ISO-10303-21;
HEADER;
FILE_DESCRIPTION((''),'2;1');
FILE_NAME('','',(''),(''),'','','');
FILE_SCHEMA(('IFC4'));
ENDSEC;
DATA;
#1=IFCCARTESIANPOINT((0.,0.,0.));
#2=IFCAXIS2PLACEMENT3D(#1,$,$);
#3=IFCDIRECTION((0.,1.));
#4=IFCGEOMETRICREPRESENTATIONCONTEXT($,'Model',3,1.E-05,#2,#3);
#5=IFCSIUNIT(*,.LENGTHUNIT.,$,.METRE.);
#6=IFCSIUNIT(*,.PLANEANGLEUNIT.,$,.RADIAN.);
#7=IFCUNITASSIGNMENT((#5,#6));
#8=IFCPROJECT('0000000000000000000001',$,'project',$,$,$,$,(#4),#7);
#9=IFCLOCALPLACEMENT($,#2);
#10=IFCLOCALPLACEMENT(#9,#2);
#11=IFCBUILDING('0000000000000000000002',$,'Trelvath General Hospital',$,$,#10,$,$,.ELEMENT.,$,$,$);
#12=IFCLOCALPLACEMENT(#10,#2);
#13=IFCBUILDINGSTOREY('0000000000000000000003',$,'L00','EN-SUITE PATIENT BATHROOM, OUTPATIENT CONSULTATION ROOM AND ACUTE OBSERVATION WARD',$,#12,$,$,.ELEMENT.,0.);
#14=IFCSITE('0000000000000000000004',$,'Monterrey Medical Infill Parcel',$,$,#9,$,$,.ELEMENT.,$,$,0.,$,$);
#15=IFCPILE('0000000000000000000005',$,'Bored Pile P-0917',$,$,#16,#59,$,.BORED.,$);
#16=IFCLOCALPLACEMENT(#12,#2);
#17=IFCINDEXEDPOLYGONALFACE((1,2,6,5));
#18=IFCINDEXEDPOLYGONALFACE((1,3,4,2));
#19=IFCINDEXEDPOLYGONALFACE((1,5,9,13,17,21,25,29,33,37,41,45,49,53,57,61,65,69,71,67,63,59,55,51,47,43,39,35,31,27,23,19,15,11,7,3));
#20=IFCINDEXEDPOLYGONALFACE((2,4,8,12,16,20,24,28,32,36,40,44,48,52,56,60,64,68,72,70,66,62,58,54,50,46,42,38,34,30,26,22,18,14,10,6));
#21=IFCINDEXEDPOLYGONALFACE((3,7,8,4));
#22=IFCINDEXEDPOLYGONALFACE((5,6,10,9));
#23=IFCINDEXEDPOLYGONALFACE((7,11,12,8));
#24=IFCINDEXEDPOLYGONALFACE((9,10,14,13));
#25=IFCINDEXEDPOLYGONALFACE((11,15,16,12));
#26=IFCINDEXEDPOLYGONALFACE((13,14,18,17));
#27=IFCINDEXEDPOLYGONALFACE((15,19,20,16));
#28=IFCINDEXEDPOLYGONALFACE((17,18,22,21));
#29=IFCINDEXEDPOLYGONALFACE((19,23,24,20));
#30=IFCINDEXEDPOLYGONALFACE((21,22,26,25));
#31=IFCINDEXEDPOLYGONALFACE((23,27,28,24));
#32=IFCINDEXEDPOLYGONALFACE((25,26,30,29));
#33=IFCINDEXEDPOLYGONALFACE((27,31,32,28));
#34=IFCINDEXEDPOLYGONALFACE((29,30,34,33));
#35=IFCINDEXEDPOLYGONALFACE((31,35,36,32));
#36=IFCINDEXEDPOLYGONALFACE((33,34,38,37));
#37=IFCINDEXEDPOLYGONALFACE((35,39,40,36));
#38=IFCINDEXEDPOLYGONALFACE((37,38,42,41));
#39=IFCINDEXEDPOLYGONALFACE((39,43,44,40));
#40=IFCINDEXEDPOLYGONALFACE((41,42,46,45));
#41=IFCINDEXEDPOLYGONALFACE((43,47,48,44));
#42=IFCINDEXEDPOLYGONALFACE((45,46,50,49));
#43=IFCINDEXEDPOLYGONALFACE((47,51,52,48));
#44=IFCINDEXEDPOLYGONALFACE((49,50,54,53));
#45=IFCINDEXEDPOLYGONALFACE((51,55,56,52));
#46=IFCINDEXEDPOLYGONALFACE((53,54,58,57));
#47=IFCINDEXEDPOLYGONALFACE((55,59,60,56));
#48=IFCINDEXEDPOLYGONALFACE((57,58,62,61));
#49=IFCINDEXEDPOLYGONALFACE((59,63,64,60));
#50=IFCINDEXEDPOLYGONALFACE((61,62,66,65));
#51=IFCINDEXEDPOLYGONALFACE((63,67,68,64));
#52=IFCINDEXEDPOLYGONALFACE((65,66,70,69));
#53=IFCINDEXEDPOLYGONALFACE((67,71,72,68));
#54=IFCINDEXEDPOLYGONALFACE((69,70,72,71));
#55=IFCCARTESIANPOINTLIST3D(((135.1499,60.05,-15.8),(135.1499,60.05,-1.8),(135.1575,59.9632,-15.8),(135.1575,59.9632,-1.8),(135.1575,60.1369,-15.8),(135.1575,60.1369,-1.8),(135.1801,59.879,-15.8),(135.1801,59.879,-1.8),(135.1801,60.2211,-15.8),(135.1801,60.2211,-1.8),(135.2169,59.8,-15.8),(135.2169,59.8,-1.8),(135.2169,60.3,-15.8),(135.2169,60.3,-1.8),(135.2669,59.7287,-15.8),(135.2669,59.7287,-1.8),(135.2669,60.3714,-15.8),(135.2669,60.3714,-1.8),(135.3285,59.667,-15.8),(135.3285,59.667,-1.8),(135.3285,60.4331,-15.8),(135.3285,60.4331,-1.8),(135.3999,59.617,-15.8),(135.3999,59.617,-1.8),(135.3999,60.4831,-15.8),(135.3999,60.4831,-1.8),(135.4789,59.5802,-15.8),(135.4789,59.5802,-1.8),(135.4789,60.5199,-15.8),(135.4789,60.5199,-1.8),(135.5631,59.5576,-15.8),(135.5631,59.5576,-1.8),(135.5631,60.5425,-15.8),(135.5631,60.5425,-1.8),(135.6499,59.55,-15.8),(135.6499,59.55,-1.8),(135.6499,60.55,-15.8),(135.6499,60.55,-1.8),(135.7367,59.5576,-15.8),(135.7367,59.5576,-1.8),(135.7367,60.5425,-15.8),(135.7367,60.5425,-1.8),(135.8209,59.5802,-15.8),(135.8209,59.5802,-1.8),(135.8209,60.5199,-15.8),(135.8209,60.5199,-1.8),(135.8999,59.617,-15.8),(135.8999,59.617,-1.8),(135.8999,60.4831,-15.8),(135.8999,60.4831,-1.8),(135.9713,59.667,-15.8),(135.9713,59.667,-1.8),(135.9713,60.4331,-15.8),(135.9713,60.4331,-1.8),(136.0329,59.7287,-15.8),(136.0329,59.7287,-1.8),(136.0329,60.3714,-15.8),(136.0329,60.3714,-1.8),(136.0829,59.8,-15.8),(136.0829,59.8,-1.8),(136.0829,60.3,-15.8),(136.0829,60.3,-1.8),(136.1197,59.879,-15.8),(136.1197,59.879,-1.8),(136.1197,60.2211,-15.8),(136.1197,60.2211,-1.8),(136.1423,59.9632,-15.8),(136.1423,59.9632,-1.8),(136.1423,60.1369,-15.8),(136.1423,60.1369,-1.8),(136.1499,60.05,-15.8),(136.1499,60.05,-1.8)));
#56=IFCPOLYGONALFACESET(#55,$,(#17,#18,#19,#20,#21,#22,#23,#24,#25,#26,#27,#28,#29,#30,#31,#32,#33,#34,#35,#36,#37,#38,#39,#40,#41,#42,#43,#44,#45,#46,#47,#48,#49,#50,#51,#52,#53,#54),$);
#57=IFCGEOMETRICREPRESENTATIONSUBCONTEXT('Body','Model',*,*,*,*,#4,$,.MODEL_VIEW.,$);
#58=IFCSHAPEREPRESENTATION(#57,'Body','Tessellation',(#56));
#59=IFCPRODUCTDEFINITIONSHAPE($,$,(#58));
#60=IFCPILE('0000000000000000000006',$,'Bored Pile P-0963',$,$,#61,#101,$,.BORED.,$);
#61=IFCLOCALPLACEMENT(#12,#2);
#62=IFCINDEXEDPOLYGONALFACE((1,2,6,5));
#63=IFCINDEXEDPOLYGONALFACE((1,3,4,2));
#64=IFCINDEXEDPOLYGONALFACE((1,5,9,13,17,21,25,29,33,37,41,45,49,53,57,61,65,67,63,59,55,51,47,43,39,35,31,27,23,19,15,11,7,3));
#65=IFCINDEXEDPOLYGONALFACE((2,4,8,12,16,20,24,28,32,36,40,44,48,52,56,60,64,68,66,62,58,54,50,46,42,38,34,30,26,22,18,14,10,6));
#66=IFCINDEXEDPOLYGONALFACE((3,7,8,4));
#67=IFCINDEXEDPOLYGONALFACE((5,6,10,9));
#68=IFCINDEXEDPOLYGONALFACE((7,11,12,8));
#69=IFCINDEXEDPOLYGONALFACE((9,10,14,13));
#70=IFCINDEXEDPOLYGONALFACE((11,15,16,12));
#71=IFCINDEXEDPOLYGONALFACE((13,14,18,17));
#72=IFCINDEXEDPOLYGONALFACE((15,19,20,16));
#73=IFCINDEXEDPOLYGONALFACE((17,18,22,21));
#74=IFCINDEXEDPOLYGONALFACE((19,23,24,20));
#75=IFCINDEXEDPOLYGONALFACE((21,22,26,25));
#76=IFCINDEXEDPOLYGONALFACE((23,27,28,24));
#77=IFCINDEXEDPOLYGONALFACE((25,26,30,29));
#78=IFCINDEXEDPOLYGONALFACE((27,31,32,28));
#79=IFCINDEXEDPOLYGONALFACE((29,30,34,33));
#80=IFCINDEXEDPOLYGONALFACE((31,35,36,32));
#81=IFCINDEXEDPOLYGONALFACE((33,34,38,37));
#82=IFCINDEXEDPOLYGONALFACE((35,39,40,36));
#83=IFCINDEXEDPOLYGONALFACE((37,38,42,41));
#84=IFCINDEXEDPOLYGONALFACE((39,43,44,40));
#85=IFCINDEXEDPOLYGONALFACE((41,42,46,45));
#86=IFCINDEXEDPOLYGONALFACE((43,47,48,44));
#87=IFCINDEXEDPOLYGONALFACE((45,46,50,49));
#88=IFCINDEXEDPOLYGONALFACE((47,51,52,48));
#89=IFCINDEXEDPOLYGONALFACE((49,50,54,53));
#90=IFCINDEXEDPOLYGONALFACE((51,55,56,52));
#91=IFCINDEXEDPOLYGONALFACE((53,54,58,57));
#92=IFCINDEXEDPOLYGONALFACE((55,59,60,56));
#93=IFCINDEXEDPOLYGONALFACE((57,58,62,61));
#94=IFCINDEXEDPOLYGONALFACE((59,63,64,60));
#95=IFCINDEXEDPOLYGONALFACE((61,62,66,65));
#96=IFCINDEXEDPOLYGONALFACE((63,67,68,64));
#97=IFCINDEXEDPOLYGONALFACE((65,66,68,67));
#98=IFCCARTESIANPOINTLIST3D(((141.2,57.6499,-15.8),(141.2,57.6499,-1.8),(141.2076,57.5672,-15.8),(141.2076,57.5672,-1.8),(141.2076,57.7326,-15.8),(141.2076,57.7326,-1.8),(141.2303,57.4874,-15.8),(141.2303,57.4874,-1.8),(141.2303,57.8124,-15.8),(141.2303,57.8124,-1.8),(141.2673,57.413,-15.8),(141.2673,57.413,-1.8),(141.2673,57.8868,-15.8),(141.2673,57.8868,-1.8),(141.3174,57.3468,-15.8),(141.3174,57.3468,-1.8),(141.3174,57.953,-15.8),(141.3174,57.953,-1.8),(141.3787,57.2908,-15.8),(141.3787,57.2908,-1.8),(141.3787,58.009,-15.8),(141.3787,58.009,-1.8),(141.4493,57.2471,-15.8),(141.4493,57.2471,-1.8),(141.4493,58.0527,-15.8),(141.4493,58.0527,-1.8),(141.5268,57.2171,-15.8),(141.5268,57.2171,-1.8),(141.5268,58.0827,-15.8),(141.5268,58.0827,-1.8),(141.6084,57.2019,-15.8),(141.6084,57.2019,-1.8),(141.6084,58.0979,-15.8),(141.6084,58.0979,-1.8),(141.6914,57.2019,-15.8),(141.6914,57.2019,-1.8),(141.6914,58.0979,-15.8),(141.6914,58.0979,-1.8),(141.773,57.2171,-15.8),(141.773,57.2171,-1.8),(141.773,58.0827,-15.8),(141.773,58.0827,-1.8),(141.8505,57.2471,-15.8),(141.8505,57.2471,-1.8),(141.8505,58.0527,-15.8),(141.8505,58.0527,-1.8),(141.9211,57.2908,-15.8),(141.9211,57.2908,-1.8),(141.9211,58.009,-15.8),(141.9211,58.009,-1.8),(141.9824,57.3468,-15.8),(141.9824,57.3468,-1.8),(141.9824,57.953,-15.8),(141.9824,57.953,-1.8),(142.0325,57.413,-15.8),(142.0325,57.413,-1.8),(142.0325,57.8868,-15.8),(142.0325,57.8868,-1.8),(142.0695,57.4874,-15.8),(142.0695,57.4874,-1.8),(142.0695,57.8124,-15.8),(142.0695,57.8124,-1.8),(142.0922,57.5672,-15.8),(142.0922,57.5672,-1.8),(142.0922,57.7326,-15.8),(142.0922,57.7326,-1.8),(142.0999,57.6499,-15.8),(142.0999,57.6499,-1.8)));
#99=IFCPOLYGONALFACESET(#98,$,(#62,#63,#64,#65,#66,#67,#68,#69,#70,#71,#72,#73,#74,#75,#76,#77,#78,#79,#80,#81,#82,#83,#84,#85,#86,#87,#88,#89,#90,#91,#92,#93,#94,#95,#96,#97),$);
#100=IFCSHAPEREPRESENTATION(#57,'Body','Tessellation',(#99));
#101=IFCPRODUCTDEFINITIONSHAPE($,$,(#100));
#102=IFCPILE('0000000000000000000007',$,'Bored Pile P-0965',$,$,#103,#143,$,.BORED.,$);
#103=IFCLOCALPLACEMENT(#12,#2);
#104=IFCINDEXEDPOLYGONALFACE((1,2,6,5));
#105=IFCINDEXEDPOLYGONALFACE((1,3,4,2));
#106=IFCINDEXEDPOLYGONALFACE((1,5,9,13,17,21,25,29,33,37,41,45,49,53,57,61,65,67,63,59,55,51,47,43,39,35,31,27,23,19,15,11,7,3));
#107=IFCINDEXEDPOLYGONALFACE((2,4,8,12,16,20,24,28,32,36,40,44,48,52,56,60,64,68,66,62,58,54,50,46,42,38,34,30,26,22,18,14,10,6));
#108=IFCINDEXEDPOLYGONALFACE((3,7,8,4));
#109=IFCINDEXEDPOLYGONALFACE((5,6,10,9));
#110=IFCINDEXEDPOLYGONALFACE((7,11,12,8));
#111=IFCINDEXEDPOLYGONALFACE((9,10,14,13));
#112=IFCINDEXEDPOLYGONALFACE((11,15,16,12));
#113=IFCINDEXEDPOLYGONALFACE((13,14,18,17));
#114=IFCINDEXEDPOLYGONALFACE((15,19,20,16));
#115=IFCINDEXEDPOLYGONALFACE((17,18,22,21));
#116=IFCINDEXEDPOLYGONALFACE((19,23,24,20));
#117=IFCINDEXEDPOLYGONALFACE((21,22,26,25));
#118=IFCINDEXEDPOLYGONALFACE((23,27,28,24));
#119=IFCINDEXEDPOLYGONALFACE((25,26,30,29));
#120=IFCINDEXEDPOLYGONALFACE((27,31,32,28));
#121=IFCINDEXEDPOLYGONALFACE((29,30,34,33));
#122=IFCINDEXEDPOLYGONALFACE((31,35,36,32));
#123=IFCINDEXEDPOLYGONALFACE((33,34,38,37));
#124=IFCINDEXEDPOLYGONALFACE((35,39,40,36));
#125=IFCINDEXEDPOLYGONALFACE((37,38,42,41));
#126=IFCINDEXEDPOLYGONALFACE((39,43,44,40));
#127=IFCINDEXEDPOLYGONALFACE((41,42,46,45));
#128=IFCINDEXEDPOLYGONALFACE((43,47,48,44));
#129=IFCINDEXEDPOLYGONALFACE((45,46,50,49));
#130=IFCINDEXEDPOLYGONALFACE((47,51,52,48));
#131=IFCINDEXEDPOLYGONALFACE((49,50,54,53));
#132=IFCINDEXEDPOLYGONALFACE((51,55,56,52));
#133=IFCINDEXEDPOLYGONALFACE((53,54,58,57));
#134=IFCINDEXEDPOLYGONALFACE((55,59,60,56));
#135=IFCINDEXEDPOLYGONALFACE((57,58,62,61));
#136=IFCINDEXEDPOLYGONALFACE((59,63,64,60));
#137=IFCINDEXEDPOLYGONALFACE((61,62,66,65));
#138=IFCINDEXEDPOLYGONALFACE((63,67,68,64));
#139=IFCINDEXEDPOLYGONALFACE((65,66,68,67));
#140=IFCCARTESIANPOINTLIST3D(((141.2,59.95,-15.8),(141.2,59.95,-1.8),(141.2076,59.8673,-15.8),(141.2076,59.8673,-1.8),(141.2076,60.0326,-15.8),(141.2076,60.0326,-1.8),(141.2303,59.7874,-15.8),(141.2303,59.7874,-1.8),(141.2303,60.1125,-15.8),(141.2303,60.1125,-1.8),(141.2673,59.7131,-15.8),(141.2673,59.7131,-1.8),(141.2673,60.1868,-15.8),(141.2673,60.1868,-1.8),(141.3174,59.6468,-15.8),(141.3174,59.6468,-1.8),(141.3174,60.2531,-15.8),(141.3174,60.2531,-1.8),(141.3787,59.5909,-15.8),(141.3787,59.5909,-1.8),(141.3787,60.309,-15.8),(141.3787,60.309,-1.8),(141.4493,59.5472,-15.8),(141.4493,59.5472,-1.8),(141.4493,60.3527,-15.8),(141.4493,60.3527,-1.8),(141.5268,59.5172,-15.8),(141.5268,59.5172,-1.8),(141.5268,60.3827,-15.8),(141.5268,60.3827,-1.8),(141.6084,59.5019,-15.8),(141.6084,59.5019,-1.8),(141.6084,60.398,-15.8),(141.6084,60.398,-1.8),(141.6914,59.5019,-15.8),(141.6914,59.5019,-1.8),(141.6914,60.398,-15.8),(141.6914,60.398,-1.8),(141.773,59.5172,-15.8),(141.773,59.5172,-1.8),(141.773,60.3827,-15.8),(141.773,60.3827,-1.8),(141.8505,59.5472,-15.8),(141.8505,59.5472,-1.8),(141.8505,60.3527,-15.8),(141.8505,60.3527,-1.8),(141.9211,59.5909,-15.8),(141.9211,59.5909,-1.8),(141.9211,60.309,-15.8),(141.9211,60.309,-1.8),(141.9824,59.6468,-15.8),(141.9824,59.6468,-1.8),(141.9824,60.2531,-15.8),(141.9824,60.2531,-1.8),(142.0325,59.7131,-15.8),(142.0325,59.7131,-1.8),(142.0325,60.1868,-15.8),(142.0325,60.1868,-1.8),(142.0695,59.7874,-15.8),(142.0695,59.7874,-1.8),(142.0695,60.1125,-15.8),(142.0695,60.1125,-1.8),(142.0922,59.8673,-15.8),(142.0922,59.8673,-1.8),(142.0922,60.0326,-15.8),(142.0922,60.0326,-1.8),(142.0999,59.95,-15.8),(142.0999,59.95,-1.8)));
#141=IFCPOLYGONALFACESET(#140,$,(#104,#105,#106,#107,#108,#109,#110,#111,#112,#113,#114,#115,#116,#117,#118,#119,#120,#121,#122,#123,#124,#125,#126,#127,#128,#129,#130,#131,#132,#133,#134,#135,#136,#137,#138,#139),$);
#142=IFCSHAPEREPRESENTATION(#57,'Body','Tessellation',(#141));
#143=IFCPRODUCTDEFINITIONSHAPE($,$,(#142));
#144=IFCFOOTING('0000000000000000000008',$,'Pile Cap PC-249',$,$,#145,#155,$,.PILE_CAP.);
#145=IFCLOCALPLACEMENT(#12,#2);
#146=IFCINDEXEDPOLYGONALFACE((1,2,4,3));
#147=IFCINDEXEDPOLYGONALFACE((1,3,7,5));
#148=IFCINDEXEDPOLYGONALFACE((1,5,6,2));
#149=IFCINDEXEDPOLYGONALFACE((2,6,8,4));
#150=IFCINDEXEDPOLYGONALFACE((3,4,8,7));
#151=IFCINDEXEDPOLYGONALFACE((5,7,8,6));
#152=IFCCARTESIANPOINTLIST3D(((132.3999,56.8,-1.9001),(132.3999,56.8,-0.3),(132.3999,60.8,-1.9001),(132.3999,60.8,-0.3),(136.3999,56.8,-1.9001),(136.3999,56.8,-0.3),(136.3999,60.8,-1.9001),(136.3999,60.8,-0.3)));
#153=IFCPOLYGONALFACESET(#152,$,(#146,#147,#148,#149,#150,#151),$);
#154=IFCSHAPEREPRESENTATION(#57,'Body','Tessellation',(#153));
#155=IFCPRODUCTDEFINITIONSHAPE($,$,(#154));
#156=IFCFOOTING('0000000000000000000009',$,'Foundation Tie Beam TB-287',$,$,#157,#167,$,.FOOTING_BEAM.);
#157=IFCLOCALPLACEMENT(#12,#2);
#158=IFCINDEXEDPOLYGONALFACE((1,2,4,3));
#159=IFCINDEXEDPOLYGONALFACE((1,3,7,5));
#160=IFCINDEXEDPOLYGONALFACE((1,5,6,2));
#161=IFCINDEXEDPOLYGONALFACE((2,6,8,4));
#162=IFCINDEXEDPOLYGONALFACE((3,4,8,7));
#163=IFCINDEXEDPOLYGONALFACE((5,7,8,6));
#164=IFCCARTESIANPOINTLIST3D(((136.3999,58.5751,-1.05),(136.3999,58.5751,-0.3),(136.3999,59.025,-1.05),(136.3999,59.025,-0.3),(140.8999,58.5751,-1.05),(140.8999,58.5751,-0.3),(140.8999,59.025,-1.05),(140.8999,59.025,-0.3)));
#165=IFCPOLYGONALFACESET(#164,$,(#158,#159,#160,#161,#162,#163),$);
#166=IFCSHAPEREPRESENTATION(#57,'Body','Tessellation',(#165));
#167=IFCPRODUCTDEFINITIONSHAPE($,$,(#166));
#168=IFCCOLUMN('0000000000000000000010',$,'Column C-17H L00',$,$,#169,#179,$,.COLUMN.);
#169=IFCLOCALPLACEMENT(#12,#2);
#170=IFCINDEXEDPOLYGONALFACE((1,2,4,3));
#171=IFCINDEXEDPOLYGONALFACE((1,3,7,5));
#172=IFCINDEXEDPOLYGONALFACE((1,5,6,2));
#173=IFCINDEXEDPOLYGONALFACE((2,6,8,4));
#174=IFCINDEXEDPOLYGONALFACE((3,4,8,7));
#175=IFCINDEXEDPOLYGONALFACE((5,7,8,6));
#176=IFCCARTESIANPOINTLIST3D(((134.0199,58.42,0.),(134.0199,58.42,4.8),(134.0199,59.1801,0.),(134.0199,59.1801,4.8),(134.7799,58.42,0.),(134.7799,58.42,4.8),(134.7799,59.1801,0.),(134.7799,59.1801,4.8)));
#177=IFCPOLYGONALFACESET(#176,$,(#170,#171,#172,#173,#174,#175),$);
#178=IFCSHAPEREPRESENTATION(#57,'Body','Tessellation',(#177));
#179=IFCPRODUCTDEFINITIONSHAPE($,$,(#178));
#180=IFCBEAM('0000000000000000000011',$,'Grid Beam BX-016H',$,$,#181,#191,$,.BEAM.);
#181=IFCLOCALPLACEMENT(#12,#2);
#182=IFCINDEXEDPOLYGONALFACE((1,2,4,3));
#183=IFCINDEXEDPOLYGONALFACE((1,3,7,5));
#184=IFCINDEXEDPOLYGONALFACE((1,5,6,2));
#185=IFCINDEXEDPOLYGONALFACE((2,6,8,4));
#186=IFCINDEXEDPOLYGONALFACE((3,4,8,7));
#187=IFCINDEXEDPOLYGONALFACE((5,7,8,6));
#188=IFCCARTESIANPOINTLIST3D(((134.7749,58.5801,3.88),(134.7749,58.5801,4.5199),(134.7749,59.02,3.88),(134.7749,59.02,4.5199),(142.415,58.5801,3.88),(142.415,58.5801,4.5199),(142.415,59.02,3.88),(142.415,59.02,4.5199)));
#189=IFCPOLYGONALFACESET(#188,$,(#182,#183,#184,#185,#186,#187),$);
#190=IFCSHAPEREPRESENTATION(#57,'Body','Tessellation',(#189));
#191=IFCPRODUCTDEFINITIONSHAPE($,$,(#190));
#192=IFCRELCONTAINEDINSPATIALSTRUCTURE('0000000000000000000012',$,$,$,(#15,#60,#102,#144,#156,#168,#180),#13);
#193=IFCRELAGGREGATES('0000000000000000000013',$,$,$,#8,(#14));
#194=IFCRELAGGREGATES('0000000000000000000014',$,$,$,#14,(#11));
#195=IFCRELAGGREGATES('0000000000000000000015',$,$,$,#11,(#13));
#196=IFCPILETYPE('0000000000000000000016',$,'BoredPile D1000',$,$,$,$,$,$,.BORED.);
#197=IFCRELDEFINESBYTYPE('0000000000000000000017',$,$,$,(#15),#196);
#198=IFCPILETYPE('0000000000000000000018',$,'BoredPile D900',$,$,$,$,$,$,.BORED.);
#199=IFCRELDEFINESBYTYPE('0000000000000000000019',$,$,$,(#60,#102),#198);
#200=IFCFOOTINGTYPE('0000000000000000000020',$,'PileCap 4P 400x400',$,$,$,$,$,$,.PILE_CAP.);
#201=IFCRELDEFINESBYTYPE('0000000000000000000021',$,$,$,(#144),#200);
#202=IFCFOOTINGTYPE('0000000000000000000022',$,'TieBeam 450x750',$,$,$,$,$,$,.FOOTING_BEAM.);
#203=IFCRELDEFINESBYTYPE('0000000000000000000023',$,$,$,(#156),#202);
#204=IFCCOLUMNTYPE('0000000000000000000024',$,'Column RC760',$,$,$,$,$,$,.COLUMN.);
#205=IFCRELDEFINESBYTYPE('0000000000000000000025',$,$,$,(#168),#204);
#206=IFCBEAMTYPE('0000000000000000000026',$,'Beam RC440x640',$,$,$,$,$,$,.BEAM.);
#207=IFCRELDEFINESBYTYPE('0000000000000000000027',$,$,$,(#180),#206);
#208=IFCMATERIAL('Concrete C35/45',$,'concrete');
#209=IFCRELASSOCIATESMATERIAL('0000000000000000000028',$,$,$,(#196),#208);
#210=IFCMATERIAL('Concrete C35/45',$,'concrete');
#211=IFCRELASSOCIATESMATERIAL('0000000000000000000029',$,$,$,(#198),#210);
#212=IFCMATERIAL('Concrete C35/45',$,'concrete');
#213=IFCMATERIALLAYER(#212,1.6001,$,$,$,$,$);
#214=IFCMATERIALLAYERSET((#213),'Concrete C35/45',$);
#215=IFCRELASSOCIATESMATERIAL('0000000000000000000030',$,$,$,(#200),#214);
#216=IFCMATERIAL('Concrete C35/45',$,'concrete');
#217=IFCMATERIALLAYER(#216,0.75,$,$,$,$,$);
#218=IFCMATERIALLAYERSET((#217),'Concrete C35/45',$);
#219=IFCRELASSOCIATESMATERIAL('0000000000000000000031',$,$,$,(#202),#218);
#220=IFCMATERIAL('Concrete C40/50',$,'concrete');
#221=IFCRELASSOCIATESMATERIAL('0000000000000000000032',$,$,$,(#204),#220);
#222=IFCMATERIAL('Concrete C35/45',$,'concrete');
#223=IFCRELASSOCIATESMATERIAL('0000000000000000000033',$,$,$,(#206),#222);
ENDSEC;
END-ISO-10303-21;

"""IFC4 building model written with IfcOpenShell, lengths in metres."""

from ifc_helpers import new_model, si_unit, direction, frame, origin, origin_2d, place, context, subcontext, project, spatial, rectangle, circle, extrude, material, layer, layer_set, material_profile, profile_set, type_object, element, save


model = new_model("IFC4")

# Units and contexts
model_context = context("Model", 3, precision=1e-05, world=origin(), true_north=direction((0.0, 1.0)))
body_context = subcontext(model_context, "Body", "Model", "MODEL_VIEW")
ifc_project = project(units=[si_unit("LENGTHUNIT", "METRE"), si_unit("PLANEANGLEUNIT", "RADIAN")], contexts=[model_context])

# Site, building, storey
site_placement = place(None, origin())
site = spatial("IfcSite", under=ifc_project, at=site_placement, Name="Monterrey Medical Infill Parcel", CompositionType="ELEMENT", RefElevation=0.0)
building_placement = place(site_placement, origin())
building = spatial("IfcBuilding", under=site, at=building_placement, Name="Trelvath General Hospital", CompositionType="ELEMENT")
storey_placement = place(building_placement, origin())
storey = spatial("IfcBuildingStorey", under=building, at=storey_placement, Name="L00", Description="EN-SUITE PATIENT BATHROOM, OUTPATIENT CONSULTATION ROOM AND ACUTE OBSERVATION WARD", CompositionType="ELEMENT", Elevation=0.0)

# Piles
ifc_material_1 = material(Name="Concrete C35/45", Category="concrete")
ifc_material_profile_1 = material_profile(ifc_material_1, circle(Radius=0.5, at=origin_2d()), Name="PILE1000")
ifc_profile_set_1 = profile_set([ifc_material_profile_1], Name="Concrete C35/45")
pile_type_1 = type_object("IfcPileType", Name="BoredPile D1000", PredefinedType="BORED", material=ifc_profile_set_1)
pile_placement = place(storey_placement, frame((135.6499, 60.05, -1.8), z_axis=(0.0, 0.0, -1.0), x_axis=(1.0, 0.0, 0.0)))
element("IfcPile", 1, at=pile_placement, inside=storey, type_object=pile_type_1, Name="Bored Pile P-0917", PredefinedType="BORED", context=body_context, shape_type="SweptSolid", body=[
    extrude(circle(Radius=0.5, at=origin_2d()), origin(), (0.0, 0.0, 1.0), 14.0),
])
ifc_material_2 = material(Name="Concrete C35/45", Category="concrete")
ifc_material_profile_2 = material_profile(ifc_material_2, circle(Radius=0.45, at=origin_2d()), Name="PILE900")
ifc_profile_set_2 = profile_set([ifc_material_profile_2], Name="Concrete C35/45")
pile_type_2 = type_object("IfcPileType", Name="BoredPile D900", PredefinedType="BORED", material=ifc_profile_set_2)
for number, where, z_axis, x_axis, name in (
    (2, (141.6499, 57.6499, -1.8), (0.0, 0.0, -1.0), (1.0, 0.0, 0.0), "Bored Pile P-0963"),
    (3, (141.6499, 59.95, -1.8), (0.0, 0.0, -1.0), (1.0, 0.0, 0.0), "Bored Pile P-0965"),
):
    element("IfcPile", number, at=place(storey_placement, frame(where, z_axis=z_axis, x_axis=x_axis)), inside=storey, type_object=pile_type_2, Name=name, PredefinedType="BORED", context=body_context, shape_type="SweptSolid", body=[
        extrude(circle(Radius=0.45, at=origin_2d()), origin(), (0.0, 0.0, 1.0), 14.0),
    ])

# Footings
ifc_material_3 = material(Name="Concrete C35/45", Category="concrete")
ifc_layer_1 = layer(ifc_material_3, 1.6001)
ifc_layer_set_1 = layer_set([ifc_layer_1], Name="Concrete C35/45")
footing_type_1 = type_object("IfcFootingType", Name="PileCap 4P 400x400", PredefinedType="PILE_CAP", material=ifc_layer_set_1)
footing_1_placement = place(storey_placement, frame((134.3999, 58.8, -1.9001), z_axis=(0.0, 0.0, 1.0), x_axis=(1.0, 0.0, 0.0)))
element("IfcFooting", 4, at=footing_1_placement, inside=storey, type_object=footing_type_1, Name="Pile Cap PC-249", PredefinedType="PILE_CAP", context=body_context, shape_type="SweptSolid", body=[
    extrude(rectangle(XDim=4.0, YDim=4.0, at=origin_2d()), origin(), (0.0, 0.0, 1.0), 1.6001),
])
ifc_material_4 = material(Name="Concrete C35/45", Category="concrete")
ifc_layer_2 = layer(ifc_material_4, 0.75)
ifc_layer_set_2 = layer_set([ifc_layer_2], Name="Concrete C35/45")
footing_type_2 = type_object("IfcFootingType", Name="TieBeam 450x750", PredefinedType="FOOTING_BEAM", material=ifc_layer_set_2)
footing_2_placement = place(storey_placement, frame((138.6499, 58.8, -1.05), z_axis=(0.0, 0.0, 1.0), x_axis=(1.0, 0.0, 0.0)))
element("IfcFooting", 5, at=footing_2_placement, inside=storey, type_object=footing_type_2, Name="Foundation Tie Beam TB-287", PredefinedType="FOOTING_BEAM", context=body_context, shape_type="SweptSolid", body=[
    extrude(rectangle(XDim=4.5, YDim=0.45, at=origin_2d()), origin(), (0.0, 0.0, 1.0), 0.75),
])

# Column
ifc_material_5 = material(Name="Concrete C40/50", Category="concrete")
ifc_material_profile_3 = material_profile(ifc_material_5, rectangle(XDim=0.76, YDim=0.76, at=origin_2d()), Name="RC760x760")
ifc_profile_set_3 = profile_set([ifc_material_profile_3], Name="Concrete C40/50")
column_type = type_object("IfcColumnType", Name="Column RC760", PredefinedType="COLUMN", material=ifc_profile_set_3)
column_placement = place(storey_placement, frame((134.3999, 58.8, 0.0), z_axis=(0.0, 0.0, 1.0), x_axis=(1.0, 0.0, 0.0)))
element("IfcColumn", 6, at=column_placement, inside=storey, type_object=column_type, Name="Column C-17H L00", PredefinedType="COLUMN", context=body_context, shape_type="SweptSolid", body=[
    extrude(rectangle(XDim=0.76, YDim=0.76, at=origin_2d()), origin(), (0.0, 0.0, 1.0), 4.8),
])

# Beam
ifc_material_6 = material(Name="Concrete C35/45", Category="concrete")
ifc_material_profile_4 = material_profile(ifc_material_6, rectangle(XDim=0.4399, YDim=0.6399, at=origin_2d()), Name="RCB440x640")
ifc_profile_set_4 = profile_set([ifc_material_profile_4], Name="Concrete C35/45")
beam_type_1 = type_object("IfcBeamType", Name="Beam RC440x640", PredefinedType="BEAM", material=ifc_profile_set_4)
beam_1_placement = place(storey_placement, frame((134.7749, 58.8, 4.2), z_axis=(1.0, 0.0, 0.0), x_axis=(0.0, 1.0, 0.0)))
element("IfcBeam", 7, at=beam_1_placement, inside=storey, type_object=beam_type_1, Name="Grid Beam BX-016H", PredefinedType="BEAM", context=body_context, shape_type="SweptSolid", body=[
    extrude(rectangle(XDim=0.4399, YDim=0.6399, at=origin_2d()), origin(), (0.0, 0.0, 1.0), 7.6401),
])

save(model, "model.ifc")
